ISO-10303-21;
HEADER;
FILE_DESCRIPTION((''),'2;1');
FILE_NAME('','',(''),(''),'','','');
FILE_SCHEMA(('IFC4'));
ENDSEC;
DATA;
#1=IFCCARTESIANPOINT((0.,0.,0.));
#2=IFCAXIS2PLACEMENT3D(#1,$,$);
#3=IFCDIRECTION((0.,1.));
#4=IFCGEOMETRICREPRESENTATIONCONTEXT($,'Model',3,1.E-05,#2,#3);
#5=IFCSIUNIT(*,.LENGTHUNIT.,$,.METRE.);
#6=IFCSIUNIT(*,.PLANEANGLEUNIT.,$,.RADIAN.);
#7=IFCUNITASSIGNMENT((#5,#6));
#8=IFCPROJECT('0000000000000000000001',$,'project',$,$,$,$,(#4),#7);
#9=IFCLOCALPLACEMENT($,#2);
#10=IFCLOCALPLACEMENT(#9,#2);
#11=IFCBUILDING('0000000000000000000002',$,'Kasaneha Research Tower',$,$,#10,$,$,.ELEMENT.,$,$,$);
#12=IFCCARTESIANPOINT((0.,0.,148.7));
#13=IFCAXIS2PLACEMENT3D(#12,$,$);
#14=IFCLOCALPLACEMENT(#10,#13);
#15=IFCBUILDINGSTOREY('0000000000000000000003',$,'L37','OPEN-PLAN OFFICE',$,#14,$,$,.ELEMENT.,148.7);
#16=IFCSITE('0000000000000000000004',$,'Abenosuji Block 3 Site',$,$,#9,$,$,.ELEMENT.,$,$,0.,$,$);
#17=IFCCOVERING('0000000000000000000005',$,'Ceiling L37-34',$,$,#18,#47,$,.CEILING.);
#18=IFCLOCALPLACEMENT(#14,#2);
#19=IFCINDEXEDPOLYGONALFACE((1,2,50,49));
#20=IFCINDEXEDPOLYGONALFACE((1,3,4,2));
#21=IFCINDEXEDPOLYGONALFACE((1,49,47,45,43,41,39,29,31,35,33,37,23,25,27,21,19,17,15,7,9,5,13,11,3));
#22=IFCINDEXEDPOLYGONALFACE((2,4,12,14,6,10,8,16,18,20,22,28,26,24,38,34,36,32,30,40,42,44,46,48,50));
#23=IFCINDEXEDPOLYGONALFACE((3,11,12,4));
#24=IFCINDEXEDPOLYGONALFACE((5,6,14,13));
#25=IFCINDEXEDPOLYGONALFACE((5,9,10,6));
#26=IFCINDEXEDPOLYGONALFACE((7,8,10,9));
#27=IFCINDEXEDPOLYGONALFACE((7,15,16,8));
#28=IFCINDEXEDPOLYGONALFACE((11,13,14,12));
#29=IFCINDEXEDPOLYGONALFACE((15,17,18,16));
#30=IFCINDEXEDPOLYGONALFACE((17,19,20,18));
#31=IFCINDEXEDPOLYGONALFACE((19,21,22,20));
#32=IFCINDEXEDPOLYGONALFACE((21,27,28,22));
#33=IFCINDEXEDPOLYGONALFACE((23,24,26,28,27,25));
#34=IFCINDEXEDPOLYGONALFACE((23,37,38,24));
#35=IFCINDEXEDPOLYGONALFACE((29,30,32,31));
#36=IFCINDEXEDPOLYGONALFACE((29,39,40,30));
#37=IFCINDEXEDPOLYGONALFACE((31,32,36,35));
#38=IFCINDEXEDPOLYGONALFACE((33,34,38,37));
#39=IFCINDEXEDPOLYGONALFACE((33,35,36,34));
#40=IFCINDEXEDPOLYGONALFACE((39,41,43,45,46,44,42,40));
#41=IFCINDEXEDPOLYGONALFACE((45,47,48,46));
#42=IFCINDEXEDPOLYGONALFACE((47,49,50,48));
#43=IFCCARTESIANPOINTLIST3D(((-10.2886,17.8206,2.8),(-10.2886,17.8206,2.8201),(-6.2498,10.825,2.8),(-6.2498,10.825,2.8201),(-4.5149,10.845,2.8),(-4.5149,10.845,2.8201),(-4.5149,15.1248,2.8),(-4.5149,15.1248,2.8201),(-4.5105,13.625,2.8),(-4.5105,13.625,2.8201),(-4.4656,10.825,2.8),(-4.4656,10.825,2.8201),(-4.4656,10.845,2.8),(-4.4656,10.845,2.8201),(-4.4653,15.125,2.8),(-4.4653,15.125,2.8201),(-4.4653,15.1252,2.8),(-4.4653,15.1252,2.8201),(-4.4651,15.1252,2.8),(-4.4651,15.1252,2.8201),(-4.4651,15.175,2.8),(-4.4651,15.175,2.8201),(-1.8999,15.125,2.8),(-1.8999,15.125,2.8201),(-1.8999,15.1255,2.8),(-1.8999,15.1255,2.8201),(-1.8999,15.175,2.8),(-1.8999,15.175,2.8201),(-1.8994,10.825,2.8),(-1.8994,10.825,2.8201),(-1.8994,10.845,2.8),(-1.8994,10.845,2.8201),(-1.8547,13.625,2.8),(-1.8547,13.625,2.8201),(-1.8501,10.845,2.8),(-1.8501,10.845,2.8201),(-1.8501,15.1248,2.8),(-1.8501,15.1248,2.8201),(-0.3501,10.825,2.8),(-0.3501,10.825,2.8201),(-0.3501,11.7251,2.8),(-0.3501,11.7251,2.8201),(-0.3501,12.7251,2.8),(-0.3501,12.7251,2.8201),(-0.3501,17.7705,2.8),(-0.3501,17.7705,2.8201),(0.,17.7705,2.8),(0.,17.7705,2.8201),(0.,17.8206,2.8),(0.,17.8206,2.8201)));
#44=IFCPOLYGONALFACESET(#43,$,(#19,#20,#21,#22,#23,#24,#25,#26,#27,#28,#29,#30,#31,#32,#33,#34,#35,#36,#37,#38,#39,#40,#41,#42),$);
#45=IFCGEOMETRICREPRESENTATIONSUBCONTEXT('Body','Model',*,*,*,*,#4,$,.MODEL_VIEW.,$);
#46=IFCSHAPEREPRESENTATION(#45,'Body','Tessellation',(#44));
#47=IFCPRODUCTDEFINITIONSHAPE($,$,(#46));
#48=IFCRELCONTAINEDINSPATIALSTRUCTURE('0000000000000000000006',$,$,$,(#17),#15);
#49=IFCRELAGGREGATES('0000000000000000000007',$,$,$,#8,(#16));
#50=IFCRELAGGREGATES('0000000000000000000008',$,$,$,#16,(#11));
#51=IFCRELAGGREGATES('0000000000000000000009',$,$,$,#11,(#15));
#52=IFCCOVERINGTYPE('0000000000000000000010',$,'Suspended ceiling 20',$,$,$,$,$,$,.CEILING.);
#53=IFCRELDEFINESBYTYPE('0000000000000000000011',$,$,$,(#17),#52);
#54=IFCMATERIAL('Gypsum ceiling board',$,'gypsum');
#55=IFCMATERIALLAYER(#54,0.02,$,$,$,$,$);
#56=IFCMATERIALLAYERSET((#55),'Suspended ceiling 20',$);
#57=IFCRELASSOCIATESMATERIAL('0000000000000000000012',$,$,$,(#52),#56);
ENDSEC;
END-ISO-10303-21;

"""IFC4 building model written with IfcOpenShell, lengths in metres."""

from ifc_helpers import new_model, si_unit, direction, frame, origin, place, context, subcontext, project, spatial, polyline, outline, extrude, material, layer, layer_set, type_object, element, save


model = new_model("IFC4")

# Units and contexts
model_context = context("Model", 3, precision=1e-05, world=origin(), true_north=direction((0.0, 1.0)))
body_context = subcontext(model_context, "Body", "Model", "MODEL_VIEW")
ifc_project = project(units=[si_unit("LENGTHUNIT", "METRE"), si_unit("PLANEANGLEUNIT", "RADIAN")], contexts=[model_context])

# Site, building, storey
site_placement = place(None, origin())
site = spatial("IfcSite", under=ifc_project, at=site_placement, Name="Abenosuji Block 3 Site", CompositionType="ELEMENT", RefElevation=0.0)
building_placement = place(site_placement, origin())
building = spatial("IfcBuilding", under=site, at=building_placement, Name="Kasaneha Research Tower", CompositionType="ELEMENT")
storey_placement = place(building_placement, frame((0.0, 0.0, 148.7)))
storey = spatial("IfcBuildingStorey", under=building, at=storey_placement, Name="L37", Description="OPEN-PLAN OFFICE", CompositionType="ELEMENT", Elevation=148.7)

# Covering
ifc_material_1 = material(Name="Gypsum ceiling board", Category="gypsum")
ifc_layer_1 = layer(ifc_material_1, 0.02)
ifc_layer_set_1 = layer_set([ifc_layer_1], Name="Suspended ceiling 20")
covering_type_1 = type_object("IfcCoveringType", Name="Suspended ceiling 20", PredefinedType="CEILING", material=ifc_layer_set_1)
covering_1_placement = place(storey_placement, frame((0.0, 0.0, 2.8)))
element("IfcCovering", 1, at=covering_1_placement, inside=storey, type_object=covering_type_1, Name="Ceiling L37-34", PredefinedType="CEILING", context=body_context, shape_type="SweptSolid", body=[
    extrude(outline(polyline([(-0.3501, 11.7251), (-0.3501, 10.825), (-1.8994, 10.825), (-1.8994, 10.845), (-1.8501, 10.845), (-1.8547, 13.625), (-1.8501, 15.1248), (-1.8999, 15.125), (-1.8999, 15.1255), (-1.8999, 15.175), (-4.4651, 15.175), (-4.4651, 15.1252), (-4.4653, 15.1252), (-4.4653, 15.125), (-4.5149, 15.1248), (-4.5105, 13.625), (-4.5149, 10.845), (-4.4656, 10.845), (-4.4656, 10.825), (-6.2498, 10.825), (-10.2886, 17.8206), (0.0, 17.8206), (0.0, 17.7705), (-0.3501, 17.7705), (-0.3501, 17.7705), (-0.3501, 12.7251), (-0.3501, 11.7251)])), origin(), (0.0, 0.0, 1.0), 0.02),
])

save(model, "model.ifc")
